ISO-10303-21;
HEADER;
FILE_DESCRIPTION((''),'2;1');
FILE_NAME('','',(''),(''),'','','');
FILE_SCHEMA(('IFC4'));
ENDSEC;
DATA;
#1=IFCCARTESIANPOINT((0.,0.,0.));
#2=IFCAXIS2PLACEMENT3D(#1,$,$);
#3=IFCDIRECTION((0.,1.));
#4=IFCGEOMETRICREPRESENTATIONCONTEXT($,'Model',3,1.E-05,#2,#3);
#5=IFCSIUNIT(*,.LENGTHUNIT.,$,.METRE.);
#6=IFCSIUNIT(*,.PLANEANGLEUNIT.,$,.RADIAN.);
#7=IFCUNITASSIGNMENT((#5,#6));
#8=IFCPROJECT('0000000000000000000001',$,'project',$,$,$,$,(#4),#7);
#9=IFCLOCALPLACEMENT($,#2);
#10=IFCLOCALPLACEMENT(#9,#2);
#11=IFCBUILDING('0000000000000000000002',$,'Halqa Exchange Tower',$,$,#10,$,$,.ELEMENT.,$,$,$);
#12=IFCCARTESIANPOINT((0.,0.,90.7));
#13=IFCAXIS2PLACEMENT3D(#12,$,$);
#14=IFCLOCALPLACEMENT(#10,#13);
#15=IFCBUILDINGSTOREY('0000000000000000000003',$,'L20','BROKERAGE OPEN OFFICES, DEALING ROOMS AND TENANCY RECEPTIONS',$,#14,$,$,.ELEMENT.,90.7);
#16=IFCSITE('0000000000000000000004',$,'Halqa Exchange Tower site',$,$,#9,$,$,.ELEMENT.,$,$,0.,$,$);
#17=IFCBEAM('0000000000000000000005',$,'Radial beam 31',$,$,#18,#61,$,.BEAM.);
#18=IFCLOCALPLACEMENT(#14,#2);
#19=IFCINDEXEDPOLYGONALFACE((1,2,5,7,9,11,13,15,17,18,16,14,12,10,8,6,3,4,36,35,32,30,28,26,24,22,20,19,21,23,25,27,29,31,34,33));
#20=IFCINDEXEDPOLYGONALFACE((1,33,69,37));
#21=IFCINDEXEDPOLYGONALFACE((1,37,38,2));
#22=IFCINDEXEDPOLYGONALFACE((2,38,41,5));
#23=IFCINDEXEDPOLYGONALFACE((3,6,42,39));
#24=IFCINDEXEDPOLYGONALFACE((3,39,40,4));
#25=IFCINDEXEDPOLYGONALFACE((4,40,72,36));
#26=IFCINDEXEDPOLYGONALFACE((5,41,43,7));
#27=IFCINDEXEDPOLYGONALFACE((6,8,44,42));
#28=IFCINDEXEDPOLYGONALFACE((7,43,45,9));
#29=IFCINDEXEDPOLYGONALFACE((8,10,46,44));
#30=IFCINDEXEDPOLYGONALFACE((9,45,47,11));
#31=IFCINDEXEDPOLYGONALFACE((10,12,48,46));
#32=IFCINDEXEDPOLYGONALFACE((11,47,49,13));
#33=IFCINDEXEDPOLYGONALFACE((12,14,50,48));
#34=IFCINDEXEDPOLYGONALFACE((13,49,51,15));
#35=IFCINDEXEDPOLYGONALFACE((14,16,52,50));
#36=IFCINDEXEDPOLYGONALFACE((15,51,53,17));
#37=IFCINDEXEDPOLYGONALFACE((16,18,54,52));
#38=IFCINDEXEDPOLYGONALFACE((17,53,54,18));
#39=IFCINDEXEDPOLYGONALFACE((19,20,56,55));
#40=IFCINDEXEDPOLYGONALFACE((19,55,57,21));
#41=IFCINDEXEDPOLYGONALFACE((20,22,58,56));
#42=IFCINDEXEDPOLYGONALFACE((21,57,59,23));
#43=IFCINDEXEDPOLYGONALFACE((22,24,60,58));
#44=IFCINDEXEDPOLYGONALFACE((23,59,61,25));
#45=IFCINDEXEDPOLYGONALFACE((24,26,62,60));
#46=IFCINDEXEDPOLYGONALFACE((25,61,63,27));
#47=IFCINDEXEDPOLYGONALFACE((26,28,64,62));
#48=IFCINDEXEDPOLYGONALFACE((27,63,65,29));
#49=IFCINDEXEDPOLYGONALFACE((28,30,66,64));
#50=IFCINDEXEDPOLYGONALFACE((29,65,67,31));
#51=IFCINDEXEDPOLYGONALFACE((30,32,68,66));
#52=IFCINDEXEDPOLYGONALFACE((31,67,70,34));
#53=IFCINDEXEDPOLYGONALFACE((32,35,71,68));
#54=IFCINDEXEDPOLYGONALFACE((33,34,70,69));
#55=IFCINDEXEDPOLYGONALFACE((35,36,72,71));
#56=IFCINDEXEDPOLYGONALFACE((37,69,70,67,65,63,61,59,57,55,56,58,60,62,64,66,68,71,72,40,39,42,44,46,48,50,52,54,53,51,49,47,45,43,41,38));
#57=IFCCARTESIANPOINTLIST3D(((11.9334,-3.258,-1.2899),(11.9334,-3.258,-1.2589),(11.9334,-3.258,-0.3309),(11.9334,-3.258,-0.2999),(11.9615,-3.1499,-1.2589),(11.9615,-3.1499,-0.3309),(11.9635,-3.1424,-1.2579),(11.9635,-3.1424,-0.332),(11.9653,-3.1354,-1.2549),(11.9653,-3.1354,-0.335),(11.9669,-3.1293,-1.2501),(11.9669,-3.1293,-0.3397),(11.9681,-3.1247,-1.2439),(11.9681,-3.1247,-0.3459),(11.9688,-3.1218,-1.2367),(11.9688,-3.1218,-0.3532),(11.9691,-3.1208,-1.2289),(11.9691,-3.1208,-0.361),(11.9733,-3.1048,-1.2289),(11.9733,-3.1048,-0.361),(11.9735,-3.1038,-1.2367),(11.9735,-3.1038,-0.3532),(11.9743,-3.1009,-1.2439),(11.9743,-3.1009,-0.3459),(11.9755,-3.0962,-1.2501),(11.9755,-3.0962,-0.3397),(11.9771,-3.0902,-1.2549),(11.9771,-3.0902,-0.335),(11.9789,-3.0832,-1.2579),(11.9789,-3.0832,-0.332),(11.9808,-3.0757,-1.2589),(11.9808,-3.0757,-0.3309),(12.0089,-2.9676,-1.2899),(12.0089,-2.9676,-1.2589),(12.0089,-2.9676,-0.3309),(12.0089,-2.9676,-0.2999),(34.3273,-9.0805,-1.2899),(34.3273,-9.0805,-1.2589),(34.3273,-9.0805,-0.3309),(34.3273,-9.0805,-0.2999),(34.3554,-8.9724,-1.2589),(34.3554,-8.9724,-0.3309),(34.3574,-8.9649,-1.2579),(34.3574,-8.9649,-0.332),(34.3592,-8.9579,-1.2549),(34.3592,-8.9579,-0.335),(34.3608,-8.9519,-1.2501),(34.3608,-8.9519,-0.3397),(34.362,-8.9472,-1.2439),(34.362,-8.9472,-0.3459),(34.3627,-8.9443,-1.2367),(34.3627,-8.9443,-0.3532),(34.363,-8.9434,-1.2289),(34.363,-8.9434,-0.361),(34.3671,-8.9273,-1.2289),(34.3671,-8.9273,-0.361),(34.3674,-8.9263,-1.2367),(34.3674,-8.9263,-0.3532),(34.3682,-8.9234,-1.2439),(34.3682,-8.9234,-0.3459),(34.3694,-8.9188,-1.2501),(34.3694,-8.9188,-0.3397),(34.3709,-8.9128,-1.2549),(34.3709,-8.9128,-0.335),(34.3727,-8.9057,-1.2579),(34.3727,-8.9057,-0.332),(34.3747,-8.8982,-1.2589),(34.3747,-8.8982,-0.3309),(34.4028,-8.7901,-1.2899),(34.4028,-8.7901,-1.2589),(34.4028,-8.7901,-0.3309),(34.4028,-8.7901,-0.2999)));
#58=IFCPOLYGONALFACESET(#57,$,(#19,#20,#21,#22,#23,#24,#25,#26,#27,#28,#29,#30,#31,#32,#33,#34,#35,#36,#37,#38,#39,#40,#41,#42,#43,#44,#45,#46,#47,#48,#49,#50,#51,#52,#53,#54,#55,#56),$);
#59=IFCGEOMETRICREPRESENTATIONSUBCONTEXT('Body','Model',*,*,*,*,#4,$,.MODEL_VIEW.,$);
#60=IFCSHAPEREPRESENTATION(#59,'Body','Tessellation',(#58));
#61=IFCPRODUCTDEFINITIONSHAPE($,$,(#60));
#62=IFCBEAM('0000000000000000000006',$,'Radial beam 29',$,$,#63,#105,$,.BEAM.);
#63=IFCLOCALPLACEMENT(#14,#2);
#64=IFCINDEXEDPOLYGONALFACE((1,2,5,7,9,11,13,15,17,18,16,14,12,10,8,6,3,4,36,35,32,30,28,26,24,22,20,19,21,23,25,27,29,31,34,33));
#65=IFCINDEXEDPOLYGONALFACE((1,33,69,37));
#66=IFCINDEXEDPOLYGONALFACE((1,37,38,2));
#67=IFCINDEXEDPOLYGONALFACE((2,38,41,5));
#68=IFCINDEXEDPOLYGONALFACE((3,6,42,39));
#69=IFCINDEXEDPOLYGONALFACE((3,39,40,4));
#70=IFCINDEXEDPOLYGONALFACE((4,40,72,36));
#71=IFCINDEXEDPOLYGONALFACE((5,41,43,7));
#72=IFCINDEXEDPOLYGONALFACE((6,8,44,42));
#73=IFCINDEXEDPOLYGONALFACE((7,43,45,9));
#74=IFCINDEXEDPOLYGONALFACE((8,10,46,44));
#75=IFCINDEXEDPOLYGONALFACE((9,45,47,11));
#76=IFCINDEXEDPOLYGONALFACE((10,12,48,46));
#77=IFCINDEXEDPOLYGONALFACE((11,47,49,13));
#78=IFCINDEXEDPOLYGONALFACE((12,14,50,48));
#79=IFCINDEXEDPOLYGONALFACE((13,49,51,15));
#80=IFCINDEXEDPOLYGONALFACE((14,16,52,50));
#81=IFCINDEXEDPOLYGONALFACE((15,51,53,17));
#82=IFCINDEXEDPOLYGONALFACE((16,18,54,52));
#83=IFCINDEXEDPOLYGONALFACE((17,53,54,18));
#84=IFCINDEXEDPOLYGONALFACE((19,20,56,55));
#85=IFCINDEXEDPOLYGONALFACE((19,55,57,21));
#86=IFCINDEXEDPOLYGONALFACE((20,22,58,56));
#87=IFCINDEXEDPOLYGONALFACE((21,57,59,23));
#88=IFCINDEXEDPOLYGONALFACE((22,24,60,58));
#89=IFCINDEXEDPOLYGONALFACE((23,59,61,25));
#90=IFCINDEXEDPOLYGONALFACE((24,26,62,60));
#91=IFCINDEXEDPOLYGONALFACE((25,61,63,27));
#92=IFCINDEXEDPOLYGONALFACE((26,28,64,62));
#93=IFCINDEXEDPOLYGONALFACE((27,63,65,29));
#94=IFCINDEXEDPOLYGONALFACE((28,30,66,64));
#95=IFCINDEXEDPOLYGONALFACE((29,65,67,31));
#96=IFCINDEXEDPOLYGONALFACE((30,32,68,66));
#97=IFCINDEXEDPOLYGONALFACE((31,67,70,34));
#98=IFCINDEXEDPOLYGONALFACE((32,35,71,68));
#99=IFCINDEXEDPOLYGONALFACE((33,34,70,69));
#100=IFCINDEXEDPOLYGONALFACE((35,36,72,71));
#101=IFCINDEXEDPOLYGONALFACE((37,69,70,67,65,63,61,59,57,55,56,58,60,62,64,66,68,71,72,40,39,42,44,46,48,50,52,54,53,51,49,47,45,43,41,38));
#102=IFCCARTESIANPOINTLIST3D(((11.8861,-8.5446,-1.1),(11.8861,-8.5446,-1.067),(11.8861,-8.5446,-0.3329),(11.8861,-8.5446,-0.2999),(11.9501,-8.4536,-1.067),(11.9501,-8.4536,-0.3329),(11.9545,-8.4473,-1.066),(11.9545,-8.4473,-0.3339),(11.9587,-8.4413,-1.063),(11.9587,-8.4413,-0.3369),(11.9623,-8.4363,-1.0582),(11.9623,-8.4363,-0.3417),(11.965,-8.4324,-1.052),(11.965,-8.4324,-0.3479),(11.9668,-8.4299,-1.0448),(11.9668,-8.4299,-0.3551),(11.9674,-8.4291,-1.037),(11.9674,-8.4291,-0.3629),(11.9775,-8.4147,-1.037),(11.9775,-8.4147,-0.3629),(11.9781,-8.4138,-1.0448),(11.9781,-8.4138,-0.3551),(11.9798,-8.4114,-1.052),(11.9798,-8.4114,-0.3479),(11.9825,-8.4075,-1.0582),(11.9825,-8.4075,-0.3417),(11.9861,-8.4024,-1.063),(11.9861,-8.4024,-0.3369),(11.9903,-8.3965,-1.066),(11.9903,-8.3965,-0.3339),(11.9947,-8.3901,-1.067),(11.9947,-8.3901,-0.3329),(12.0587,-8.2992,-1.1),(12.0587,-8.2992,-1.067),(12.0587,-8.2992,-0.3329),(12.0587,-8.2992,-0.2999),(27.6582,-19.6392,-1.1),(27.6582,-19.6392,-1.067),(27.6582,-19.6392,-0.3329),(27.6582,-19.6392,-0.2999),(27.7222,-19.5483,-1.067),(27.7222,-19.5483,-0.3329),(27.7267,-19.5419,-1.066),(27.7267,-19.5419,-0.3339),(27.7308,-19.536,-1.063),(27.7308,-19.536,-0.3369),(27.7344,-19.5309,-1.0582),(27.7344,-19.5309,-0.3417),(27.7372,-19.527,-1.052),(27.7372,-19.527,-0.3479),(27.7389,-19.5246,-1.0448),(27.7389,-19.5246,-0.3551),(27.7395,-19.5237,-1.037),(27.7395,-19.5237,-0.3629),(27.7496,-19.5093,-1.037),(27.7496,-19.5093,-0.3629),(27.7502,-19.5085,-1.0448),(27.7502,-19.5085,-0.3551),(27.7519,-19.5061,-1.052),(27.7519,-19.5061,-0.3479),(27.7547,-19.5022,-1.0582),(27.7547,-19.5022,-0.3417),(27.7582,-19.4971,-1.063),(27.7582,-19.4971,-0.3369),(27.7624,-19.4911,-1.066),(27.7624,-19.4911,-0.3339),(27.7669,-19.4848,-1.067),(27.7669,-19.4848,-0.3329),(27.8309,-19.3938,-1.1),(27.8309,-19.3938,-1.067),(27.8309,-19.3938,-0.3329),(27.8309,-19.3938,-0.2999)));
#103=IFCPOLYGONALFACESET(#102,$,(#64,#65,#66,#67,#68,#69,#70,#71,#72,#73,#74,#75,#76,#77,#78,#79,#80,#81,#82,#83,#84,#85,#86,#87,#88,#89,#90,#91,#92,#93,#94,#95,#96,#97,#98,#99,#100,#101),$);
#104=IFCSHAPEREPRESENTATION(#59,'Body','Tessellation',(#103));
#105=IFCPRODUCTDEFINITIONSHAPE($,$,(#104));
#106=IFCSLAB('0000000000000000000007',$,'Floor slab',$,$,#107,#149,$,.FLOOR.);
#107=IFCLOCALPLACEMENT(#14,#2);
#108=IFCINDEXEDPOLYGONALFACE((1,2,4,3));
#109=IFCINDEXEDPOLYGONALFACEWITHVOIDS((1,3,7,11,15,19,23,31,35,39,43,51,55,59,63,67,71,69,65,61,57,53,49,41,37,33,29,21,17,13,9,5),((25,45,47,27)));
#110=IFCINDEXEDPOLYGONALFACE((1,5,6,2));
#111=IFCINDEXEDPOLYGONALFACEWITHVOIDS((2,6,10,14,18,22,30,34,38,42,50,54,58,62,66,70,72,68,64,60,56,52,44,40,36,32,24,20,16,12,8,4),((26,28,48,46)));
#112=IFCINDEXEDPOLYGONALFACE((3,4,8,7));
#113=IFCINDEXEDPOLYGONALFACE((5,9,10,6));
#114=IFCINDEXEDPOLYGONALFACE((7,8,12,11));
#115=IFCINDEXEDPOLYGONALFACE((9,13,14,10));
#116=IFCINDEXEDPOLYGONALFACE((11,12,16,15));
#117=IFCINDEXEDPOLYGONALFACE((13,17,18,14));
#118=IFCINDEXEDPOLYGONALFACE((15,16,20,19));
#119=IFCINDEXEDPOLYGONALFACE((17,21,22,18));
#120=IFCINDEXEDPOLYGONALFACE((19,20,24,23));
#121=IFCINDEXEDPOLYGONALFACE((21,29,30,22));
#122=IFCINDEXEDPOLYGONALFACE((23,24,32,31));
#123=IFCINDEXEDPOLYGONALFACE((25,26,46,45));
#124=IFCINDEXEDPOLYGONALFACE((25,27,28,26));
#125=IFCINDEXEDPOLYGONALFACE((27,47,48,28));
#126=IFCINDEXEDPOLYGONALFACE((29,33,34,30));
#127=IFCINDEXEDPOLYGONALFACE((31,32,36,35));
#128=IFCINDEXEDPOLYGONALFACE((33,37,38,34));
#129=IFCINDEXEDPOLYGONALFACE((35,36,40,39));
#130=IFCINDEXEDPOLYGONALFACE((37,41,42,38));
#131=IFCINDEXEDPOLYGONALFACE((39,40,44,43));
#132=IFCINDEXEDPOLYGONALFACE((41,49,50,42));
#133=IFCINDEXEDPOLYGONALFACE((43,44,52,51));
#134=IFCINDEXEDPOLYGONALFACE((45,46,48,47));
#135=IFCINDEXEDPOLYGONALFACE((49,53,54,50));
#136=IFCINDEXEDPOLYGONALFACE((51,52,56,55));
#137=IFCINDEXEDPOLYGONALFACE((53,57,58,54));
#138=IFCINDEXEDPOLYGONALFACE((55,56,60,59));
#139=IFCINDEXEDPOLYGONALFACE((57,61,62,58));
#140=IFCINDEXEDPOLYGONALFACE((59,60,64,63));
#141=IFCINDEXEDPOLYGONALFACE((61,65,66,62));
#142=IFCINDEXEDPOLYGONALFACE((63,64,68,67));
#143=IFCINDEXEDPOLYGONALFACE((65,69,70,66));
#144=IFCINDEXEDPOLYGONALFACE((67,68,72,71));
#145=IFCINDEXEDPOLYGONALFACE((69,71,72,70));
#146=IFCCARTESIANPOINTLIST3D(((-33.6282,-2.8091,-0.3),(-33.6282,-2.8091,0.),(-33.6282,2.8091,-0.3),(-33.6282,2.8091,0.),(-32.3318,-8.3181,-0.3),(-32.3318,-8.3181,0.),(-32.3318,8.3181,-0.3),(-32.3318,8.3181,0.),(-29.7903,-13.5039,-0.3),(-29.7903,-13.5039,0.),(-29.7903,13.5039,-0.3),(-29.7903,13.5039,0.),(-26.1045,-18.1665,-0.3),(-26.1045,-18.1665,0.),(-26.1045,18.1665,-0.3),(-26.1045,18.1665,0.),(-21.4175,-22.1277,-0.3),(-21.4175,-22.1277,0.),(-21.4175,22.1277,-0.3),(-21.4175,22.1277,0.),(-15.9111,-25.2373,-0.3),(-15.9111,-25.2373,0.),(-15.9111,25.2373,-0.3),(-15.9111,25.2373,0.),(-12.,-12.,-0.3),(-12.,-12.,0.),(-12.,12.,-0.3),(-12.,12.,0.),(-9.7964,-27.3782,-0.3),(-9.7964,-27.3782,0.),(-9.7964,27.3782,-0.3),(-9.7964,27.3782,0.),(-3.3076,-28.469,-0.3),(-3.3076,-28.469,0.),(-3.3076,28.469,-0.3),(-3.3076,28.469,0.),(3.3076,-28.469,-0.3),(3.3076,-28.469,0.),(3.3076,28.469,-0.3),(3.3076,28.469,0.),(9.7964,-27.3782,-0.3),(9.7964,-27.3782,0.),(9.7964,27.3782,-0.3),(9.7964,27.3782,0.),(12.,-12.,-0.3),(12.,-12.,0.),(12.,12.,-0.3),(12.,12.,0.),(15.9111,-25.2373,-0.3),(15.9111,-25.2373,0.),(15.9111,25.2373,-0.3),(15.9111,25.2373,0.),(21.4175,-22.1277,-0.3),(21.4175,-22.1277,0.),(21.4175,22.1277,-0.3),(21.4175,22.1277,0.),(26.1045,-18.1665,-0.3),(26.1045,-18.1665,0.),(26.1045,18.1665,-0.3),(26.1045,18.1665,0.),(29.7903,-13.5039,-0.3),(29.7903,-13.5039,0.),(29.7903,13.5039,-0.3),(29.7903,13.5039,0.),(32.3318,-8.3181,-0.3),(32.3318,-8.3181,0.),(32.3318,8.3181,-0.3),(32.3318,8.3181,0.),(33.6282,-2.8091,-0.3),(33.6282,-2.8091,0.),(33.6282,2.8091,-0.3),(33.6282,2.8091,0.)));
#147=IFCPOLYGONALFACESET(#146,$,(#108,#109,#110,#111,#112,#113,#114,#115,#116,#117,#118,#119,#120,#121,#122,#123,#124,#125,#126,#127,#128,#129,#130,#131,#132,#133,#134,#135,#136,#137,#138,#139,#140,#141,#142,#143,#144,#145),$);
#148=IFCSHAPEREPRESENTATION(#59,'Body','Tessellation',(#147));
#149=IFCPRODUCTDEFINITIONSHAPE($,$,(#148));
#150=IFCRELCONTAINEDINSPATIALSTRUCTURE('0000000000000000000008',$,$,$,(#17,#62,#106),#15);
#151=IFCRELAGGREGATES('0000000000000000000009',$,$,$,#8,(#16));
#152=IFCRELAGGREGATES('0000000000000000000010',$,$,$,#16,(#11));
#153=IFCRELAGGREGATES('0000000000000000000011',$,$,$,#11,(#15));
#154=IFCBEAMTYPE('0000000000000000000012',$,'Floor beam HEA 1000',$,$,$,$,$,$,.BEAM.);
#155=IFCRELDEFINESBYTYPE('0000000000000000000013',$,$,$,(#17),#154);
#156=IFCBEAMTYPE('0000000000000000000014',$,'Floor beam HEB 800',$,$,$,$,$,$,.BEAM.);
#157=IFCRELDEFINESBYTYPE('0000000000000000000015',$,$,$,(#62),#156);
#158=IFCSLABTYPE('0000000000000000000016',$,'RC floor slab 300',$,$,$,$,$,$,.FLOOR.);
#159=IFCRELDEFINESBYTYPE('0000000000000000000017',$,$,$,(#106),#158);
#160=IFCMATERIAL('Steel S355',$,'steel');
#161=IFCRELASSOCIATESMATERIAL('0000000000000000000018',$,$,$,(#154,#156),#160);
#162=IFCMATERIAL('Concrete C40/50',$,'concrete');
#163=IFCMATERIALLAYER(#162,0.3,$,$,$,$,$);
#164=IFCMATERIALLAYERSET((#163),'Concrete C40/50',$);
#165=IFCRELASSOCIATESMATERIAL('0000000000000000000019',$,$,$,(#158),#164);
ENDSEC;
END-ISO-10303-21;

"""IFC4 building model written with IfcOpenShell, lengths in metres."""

from ifc_helpers import new_model, si_unit, direction, frame, origin, origin_2d, place, context, subcontext, project, spatial, polyline, i_section, outline, extrude, material, layer, layer_set, material_profile, profile_set, type_object, element, save


model = new_model("IFC4")

# Units and contexts
model_context = context("Model", 3, precision=1e-05, world=origin(), true_north=direction((0.0, 1.0)))
body_context = subcontext(model_context, "Body", "Model", "MODEL_VIEW")
ifc_project = project(units=[si_unit("LENGTHUNIT", "METRE"), si_unit("PLANEANGLEUNIT", "RADIAN")], contexts=[model_context])

# Site, building, storey
site_placement = place(None, origin())
site = spatial("IfcSite", under=ifc_project, at=site_placement, Name="Halqa Exchange Tower site", CompositionType="ELEMENT", RefElevation=0.0)
building_placement = place(site_placement, origin())
building = spatial("IfcBuilding", under=site, at=building_placement, Name="Halqa Exchange Tower", CompositionType="ELEMENT")
storey_placement = place(building_placement, frame((0.0, 0.0, 90.7)))
storey = spatial("IfcBuildingStorey", under=building, at=storey_placement, Name="L20", Description="BROKERAGE OPEN OFFICES, DEALING ROOMS AND TENANCY RECEPTIONS", CompositionType="ELEMENT", Elevation=90.7)

# Beams
ifc_material_1 = material(Name="Steel S355", Category="steel")
ifc_material_profile_1 = material_profile(ifc_material_1, i_section(OverallWidth=0.3, OverallDepth=0.99, WebThickness=0.0166, FlangeThickness=0.031, FilletRadius=0.03, at=origin_2d()), Name="HEA 1000")
ifc_profile_set_1 = profile_set([ifc_material_profile_1], Name="Steel S355")
beam_type_1 = type_object("IfcBeamType", Name="Floor beam HEA 1000", PredefinedType="BEAM", material=ifc_profile_set_1)
beam_1_placement = place(storey_placement, frame((11.9712, -3.1128, -0.7949), z_axis=(0.967821, -0.251639, 0.0), x_axis=(0.251639, 0.967821, 0.0)))
element("IfcBeam", 1, at=beam_1_placement, inside=storey, type_object=beam_type_1, Name="Radial beam 31", PredefinedType="BEAM", context=body_context, shape_type="SweptSolid", body=[
    extrude(i_section(OverallWidth=0.3, OverallDepth=0.99, WebThickness=0.0166, FlangeThickness=0.031, FilletRadius=0.03, at=origin_2d()), origin(), (0.0, 0.0, 1.0), 23.1384),
])
ifc_material_profile_2 = material_profile(ifc_material_1, i_section(OverallWidth=0.3, OverallDepth=0.8, WebThickness=0.0176, FlangeThickness=0.033, FilletRadius=0.03, at=origin_2d()), Name="HEB 800")
ifc_profile_set_2 = profile_set([ifc_material_profile_2], Name="Steel S355")
beam_type_2 = type_object("IfcBeamType", Name="Floor beam HEB 800", PredefinedType="BEAM", material=ifc_profile_set_2)
beam_2_placement = place(storey_placement, frame((11.9724, -8.4219, -0.7), z_axis=(0.81791, -0.575346, 0.0), x_axis=(0.575346, 0.81791, 0.0)))
element("IfcBeam", 2, at=beam_2_placement, inside=storey, type_object=beam_type_2, Name="Radial beam 29", PredefinedType="BEAM", context=body_context, shape_type="SweptSolid", body=[
    extrude(i_section(OverallWidth=0.3, OverallDepth=0.8, WebThickness=0.0176, FlangeThickness=0.033, FilletRadius=0.03, at=origin_2d()), origin(), (0.0, 0.0, 1.0), 19.2834),
])

# Slab
ifc_material_2 = material(Name="Concrete C40/50", Category="concrete")
ifc_layer_1 = layer(ifc_material_2, 0.3)
ifc_layer_set_1 = layer_set([ifc_layer_1], Name="Concrete C40/50")
slab_type_1 = type_object("IfcSlabType", Name="RC floor slab 300", PredefinedType="FLOOR", material=ifc_layer_set_1)
slab_1_placement = place(storey_placement, frame((0.0, 0.0, -0.3)))
element("IfcSlab", 3, at=slab_1_placement, inside=storey, type_object=slab_type_1, Name="Floor slab", PredefinedType="FLOOR", context=body_context, shape_type="SweptSolid", body=[
    extrude(outline(polyline([(33.6282, 2.8091), (32.3318, 8.3181), (29.7903, 13.5039), (26.1045, 18.1665), (21.4175, 22.1277), (15.9111, 25.2373), (9.7964, 27.3782), (3.3076, 28.469), (-3.3076, 28.469), (-9.7964, 27.3782), (-15.9111, 25.2373), (-21.4175, 22.1277), (-26.1045, 18.1665), (-29.7903, 13.5039), (-32.3318, 8.3181), (-33.6282, 2.8091), (-33.6282, -2.8091), (-32.3318, -8.3181), (-29.7903, -13.5039), (-26.1045, -18.1665), (-21.4175, -22.1277), (-15.9111, -25.2373), (-9.7964, -27.3782), (-3.3076, -28.469), (3.3076, -28.469), (9.7964, -27.3782), (15.9111, -25.2373), (21.4175, -22.1277), (26.1045, -18.1665), (29.7903, -13.5039), (32.3318, -8.3181), (33.6282, -2.8091), (33.6282, 2.8091)]), holes=[polyline([(-12.0, -12.0), (12.0, -12.0), (12.0, 12.0), (-12.0, 12.0), (-12.0, -12.0)])]), origin(), (0.0, 0.0, 1.0), 0.3),
])

save(model, "model.ifc")
